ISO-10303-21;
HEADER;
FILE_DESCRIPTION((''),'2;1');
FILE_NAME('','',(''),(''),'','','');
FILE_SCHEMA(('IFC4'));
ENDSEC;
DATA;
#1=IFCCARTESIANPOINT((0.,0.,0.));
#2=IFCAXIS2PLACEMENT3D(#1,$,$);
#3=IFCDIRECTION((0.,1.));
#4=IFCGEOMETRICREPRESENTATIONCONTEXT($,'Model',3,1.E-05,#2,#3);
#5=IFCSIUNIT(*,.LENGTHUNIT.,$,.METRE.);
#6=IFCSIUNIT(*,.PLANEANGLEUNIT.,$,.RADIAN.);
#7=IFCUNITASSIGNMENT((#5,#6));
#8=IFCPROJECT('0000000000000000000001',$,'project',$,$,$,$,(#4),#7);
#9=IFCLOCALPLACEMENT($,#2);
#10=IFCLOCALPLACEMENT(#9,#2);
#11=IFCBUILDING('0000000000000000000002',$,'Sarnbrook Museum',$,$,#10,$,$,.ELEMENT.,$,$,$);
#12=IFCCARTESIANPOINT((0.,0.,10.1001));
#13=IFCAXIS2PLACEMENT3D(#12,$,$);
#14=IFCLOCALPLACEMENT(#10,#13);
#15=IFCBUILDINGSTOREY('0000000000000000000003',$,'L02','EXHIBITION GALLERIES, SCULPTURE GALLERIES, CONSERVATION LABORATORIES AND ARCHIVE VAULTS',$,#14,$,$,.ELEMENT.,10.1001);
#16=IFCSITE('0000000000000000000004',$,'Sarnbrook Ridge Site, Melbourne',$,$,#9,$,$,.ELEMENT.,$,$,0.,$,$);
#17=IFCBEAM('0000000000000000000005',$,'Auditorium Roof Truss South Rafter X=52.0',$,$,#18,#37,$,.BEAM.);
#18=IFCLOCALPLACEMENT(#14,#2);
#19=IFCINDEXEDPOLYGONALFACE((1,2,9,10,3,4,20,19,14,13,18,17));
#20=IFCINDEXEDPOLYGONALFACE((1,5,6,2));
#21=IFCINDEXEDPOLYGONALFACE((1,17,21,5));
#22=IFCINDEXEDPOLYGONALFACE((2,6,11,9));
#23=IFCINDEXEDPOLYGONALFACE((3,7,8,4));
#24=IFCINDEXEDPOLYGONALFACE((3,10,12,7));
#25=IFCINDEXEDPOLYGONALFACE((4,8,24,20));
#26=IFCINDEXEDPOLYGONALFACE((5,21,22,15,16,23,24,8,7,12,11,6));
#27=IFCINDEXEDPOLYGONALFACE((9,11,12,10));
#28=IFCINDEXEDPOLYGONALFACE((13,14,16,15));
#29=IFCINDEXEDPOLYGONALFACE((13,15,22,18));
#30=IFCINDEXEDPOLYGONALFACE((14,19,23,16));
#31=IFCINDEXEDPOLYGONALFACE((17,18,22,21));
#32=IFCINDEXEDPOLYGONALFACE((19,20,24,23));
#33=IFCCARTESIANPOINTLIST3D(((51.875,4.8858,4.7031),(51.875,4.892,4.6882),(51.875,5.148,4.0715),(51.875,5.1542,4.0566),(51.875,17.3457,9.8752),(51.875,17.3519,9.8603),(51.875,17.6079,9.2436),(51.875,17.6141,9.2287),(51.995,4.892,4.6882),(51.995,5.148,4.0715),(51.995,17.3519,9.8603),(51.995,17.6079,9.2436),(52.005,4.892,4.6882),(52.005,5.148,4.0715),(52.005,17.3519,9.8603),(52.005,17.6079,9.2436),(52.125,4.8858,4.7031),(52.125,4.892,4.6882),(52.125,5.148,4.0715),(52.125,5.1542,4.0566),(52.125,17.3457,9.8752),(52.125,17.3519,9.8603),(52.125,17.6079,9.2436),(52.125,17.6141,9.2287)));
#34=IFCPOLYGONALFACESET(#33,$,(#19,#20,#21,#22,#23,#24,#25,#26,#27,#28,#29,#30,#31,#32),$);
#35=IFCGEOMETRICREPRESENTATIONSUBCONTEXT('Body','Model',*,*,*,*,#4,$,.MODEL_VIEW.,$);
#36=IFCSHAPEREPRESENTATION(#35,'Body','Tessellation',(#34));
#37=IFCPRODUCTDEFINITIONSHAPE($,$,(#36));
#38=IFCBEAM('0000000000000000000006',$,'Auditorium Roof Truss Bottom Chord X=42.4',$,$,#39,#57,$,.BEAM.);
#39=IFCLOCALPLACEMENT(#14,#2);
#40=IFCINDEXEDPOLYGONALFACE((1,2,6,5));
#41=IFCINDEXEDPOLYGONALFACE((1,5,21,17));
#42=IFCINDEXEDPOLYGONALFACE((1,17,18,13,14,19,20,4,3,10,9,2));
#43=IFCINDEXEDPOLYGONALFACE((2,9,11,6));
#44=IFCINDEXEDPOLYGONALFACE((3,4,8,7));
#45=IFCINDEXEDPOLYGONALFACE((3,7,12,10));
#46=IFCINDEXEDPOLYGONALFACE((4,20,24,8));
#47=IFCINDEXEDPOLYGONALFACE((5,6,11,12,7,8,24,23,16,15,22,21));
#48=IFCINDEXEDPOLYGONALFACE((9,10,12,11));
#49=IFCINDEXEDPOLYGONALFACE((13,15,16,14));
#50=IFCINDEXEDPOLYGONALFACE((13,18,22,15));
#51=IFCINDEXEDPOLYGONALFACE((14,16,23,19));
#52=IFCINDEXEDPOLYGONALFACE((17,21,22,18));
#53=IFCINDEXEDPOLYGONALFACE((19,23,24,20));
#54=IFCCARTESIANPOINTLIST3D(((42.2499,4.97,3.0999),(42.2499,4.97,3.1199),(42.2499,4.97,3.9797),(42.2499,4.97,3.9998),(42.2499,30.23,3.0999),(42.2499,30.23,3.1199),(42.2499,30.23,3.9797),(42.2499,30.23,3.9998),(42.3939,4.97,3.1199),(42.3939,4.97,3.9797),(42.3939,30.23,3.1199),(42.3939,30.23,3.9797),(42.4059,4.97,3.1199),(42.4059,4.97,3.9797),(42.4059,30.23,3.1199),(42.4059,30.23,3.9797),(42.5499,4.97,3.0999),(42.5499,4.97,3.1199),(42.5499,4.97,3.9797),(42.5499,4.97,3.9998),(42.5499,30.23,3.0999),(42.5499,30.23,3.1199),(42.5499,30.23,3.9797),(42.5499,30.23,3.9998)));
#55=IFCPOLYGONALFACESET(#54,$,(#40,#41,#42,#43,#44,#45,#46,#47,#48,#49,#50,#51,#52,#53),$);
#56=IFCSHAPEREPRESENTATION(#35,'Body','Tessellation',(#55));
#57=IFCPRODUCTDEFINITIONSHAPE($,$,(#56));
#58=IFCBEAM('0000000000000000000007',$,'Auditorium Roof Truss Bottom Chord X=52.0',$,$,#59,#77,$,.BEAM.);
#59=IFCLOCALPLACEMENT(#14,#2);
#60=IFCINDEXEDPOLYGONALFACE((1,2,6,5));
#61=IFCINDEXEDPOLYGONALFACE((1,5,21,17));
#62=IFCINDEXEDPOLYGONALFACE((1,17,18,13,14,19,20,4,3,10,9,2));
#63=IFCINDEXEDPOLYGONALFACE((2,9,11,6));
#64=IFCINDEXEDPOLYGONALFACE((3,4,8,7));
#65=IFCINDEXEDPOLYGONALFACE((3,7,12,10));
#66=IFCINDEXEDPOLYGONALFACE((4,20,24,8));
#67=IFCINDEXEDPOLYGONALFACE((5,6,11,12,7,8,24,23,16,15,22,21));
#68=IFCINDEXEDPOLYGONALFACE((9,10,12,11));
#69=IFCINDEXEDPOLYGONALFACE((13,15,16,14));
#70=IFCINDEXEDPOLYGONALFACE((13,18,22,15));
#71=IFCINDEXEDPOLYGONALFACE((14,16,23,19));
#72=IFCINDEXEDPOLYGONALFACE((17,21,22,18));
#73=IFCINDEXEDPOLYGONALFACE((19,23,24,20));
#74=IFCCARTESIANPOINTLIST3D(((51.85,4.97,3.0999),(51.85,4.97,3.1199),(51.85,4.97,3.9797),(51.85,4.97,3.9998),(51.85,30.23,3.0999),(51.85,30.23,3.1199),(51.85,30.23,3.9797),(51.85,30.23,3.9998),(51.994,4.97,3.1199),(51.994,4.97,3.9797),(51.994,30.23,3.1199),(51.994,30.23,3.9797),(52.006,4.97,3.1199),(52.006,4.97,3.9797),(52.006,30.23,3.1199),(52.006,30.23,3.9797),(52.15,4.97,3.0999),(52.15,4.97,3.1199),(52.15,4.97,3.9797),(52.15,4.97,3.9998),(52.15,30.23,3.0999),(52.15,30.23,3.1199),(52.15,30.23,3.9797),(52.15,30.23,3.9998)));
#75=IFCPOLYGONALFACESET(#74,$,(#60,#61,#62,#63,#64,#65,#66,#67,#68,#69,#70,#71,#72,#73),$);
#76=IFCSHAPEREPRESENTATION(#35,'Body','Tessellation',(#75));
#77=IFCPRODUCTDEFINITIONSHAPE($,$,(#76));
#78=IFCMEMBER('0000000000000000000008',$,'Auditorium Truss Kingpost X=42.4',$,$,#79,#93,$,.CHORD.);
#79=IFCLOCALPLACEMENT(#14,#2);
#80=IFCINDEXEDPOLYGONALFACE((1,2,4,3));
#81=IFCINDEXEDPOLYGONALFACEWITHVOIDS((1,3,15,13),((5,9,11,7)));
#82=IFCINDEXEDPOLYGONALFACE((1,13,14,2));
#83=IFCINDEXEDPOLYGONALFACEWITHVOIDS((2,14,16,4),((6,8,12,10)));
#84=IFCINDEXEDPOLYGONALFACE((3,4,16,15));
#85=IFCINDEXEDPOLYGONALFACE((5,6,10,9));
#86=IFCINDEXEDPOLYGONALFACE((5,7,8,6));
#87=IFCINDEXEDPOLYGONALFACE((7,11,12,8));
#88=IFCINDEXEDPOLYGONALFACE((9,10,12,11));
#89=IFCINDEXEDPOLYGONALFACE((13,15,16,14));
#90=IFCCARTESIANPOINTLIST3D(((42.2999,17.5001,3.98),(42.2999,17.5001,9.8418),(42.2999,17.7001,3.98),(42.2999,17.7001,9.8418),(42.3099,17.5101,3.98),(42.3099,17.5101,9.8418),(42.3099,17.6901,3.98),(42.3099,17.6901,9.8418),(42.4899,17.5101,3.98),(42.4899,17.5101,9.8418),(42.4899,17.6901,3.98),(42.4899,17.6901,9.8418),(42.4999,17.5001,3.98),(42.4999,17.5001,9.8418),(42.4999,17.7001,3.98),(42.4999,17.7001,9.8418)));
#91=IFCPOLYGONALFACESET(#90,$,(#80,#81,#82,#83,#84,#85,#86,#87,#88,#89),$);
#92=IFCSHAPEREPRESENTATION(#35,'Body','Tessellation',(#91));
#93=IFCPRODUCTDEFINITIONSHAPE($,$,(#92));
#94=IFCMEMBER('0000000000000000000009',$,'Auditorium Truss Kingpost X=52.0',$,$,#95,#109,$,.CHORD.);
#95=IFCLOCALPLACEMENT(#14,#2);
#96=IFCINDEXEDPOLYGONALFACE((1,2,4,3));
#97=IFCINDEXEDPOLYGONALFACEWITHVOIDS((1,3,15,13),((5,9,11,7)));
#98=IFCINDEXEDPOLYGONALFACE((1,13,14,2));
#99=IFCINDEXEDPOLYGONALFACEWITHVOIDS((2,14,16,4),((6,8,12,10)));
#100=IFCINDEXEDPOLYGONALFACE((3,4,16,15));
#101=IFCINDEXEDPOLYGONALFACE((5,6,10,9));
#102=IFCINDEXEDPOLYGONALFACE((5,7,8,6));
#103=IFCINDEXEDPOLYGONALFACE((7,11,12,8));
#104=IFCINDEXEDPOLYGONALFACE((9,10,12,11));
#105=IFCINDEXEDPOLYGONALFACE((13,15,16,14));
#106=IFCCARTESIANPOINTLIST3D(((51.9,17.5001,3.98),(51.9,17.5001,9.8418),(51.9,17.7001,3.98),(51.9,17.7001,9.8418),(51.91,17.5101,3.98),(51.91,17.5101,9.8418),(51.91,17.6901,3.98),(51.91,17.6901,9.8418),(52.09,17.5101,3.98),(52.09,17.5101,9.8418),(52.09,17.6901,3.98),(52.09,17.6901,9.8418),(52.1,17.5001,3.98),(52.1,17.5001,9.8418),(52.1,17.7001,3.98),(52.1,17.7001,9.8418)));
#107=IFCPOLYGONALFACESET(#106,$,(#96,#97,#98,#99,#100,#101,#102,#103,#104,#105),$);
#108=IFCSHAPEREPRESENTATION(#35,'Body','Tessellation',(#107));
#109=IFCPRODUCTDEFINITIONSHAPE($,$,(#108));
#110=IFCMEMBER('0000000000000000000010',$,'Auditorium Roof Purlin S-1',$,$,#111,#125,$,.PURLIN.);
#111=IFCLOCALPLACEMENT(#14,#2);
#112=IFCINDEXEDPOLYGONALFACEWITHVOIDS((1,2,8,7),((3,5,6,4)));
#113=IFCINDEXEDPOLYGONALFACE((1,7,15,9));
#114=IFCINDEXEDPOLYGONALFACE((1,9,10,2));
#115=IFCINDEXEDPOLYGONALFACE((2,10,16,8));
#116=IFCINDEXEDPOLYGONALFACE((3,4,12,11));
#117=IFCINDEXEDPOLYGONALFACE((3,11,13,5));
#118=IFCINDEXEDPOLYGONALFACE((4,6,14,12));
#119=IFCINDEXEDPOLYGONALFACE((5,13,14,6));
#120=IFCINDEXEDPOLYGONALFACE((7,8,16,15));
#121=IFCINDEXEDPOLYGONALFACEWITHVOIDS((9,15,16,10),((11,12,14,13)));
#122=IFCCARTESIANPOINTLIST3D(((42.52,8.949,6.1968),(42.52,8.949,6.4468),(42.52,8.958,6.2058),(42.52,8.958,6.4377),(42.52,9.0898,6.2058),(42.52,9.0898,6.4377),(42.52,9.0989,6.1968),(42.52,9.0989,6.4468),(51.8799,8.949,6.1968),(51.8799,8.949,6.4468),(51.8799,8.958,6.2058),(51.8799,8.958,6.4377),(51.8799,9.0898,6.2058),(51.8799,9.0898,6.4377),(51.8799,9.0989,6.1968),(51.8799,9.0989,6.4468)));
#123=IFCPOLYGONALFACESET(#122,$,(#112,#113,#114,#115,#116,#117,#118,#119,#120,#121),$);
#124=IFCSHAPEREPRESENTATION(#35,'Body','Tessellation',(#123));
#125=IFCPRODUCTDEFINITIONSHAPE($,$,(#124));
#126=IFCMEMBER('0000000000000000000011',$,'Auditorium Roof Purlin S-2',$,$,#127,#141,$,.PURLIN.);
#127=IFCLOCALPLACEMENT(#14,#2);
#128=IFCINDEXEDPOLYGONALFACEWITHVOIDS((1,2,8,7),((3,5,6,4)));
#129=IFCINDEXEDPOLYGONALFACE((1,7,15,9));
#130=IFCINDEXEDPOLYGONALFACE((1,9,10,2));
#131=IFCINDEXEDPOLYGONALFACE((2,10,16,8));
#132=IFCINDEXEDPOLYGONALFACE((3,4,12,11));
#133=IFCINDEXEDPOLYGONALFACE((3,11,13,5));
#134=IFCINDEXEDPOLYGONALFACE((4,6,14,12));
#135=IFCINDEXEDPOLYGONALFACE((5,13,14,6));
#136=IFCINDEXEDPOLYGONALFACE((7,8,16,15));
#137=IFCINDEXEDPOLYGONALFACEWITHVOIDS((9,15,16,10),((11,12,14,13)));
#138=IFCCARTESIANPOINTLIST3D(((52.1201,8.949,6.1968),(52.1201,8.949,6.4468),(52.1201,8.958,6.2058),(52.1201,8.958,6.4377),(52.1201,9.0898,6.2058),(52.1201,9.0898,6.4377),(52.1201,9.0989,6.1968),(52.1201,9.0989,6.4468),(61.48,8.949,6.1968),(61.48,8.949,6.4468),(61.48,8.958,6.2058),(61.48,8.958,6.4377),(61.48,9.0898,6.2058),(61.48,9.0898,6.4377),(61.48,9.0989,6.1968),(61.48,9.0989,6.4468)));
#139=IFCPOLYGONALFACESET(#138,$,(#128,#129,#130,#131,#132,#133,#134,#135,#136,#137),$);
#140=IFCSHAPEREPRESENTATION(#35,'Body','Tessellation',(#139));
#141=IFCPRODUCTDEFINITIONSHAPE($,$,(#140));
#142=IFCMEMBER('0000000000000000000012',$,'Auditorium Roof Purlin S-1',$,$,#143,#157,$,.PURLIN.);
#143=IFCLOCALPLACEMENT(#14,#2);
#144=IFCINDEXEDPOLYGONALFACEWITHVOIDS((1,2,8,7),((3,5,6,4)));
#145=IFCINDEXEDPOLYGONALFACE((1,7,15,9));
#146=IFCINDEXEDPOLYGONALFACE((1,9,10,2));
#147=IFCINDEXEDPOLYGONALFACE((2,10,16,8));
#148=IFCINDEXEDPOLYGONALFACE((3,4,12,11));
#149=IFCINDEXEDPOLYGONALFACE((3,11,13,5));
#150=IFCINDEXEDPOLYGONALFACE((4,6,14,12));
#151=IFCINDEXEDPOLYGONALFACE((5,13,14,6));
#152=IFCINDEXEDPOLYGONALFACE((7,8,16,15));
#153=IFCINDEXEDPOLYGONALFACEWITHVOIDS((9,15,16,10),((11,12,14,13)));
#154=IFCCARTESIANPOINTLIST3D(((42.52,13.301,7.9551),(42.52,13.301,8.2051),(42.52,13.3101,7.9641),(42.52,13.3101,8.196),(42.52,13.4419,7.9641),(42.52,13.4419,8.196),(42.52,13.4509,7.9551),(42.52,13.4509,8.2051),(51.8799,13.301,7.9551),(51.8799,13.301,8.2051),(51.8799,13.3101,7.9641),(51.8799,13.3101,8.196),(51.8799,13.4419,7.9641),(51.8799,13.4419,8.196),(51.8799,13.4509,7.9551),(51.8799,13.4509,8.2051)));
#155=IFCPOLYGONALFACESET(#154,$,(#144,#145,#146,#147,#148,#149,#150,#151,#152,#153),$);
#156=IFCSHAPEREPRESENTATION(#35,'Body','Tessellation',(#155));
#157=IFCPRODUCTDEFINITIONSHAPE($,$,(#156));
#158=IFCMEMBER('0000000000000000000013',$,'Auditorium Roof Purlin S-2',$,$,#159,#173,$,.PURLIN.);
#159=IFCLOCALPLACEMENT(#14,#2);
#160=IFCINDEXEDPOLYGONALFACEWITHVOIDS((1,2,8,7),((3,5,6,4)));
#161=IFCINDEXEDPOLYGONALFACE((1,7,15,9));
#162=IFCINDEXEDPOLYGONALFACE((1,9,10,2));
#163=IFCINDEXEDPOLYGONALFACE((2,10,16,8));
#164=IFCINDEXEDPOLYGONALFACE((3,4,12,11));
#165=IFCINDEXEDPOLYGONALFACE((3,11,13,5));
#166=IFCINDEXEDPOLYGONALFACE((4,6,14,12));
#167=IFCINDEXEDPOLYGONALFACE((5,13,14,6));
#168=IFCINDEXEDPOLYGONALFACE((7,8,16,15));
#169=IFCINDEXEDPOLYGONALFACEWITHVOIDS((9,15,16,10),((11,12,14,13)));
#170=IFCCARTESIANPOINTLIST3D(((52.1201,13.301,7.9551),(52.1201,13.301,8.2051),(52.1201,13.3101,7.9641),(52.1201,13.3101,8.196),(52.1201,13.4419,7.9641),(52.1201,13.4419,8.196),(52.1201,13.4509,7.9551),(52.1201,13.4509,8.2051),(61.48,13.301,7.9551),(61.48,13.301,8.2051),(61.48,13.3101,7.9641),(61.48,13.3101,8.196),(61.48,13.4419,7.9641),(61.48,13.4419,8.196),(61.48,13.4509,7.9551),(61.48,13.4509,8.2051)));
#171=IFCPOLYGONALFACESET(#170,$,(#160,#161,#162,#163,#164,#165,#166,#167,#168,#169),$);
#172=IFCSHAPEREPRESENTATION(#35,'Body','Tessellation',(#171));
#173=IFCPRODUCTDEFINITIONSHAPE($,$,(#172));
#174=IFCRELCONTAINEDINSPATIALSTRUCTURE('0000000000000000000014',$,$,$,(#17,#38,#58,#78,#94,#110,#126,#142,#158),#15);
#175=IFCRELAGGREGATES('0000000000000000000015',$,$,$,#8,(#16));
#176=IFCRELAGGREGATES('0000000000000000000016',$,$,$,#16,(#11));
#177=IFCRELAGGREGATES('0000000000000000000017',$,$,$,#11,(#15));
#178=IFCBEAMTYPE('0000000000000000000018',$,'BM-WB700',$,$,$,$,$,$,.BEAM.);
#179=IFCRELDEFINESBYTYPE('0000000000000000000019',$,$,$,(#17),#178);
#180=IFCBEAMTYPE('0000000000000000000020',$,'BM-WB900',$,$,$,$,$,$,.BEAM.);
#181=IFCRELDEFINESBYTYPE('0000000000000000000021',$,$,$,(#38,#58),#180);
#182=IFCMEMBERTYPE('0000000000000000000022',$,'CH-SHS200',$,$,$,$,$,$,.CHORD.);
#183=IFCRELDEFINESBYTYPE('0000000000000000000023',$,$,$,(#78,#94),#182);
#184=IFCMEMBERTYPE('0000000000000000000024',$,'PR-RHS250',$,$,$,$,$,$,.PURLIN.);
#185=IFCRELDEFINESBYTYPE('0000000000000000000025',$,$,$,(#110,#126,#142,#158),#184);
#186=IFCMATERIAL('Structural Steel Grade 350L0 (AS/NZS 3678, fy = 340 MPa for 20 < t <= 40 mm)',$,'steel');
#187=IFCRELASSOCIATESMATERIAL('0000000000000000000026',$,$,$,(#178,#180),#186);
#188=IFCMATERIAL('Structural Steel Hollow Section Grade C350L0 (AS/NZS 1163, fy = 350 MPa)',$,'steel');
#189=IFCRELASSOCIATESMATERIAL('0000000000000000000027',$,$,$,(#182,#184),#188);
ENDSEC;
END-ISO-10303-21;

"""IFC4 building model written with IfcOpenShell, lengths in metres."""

from ifc_helpers import new_model, si_unit, direction, frame, origin, origin_2d, place, context, subcontext, project, spatial, hollow_rectangle, i_section, extrude, material, material_profile, profile_set, type_object, element, save


model = new_model("IFC4")

# Units and contexts
model_context = context("Model", 3, precision=1e-05, world=origin(), true_north=direction((0.0, 1.0)))
body_context = subcontext(model_context, "Body", "Model", "MODEL_VIEW")
ifc_project = project(units=[si_unit("LENGTHUNIT", "METRE"), si_unit("PLANEANGLEUNIT", "RADIAN")], contexts=[model_context])

# Site, building, storey
site_placement = place(None, origin())
site = spatial("IfcSite", under=ifc_project, at=site_placement, Name="Sarnbrook Ridge Site, Melbourne", CompositionType="ELEMENT", RefElevation=0.0)
building_placement = place(site_placement, origin())
building = spatial("IfcBuilding", under=site, at=building_placement, Name="Sarnbrook Museum", CompositionType="ELEMENT")
storey_placement = place(building_placement, frame((0.0, 0.0, 10.1001)))
storey = spatial("IfcBuildingStorey", under=building, at=storey_placement, Name="L02", Description="EXHIBITION GALLERIES, SCULPTURE GALLERIES, CONSERVATION LABORATORIES AND ARCHIVE VAULTS", CompositionType="ELEMENT", Elevation=10.1001)

# Beams
ifc_material_1 = material(Name="Structural Steel Grade 350L0 (AS/NZS 3678, fy = 340 MPa for 20 < t <= 40 mm)", Category="steel")
ifc_material_profile_1 = material_profile(ifc_material_1, i_section(OverallWidth=0.25, OverallDepth=0.7, WebThickness=0.01, FlangeThickness=0.0161, at=origin_2d()), Name="700WB130")
ifc_profile_set_1 = profile_set([ifc_material_profile_1], Name="Structural Steel Grade 350L0 (AS/NZS 3678, fy = 340 MPa for 20 < t <= 40 mm)")
beam_type_1 = type_object("IfcBeamType", Name="BM-WB700", PredefinedType="BEAM", material=ifc_profile_set_1)
for number, where, z_axis, x_axis, name in (
    (1, (52.0, 5.02, 4.3799), (0.0, 0.92359, 0.383381), (-1.0, 0.0, 0.0), "Auditorium Roof Truss South Rafter X=52.0"),
):
    element("IfcBeam", number, at=place(storey_placement, frame(where, z_axis=z_axis, x_axis=x_axis)), inside=storey, type_object=beam_type_1, Name=name, PredefinedType="BEAM", context=body_context, shape_type="SweptSolid", body=[
        extrude(i_section(OverallWidth=0.25, OverallDepth=0.7, WebThickness=0.01, FlangeThickness=0.0161, at=origin_2d()), origin(), (0.0, 0.0, 1.0), 13.4907),
    ])
ifc_material_profile_2 = material_profile(ifc_material_1, i_section(OverallWidth=0.3, OverallDepth=0.8999, WebThickness=0.012, FlangeThickness=0.02, at=origin_2d()), Name="900WB175")
ifc_profile_set_2 = profile_set([ifc_material_profile_2], Name="Structural Steel Grade 350L0 (AS/NZS 3678, fy = 340 MPa for 20 < t <= 40 mm)")
beam_type_2 = type_object("IfcBeamType", Name="BM-WB900", PredefinedType="BEAM", material=ifc_profile_set_2)
for number, where, z_axis, x_axis, name in (
    (2, (42.3999, 4.97, 3.5498), (0.0, 1.0, 0.0), (-1.0, 0.0, 0.0), "Auditorium Roof Truss Bottom Chord X=42.4"),
    (3, (52.0, 4.97, 3.5498), (0.0, 1.0, 0.0), (-1.0, 0.0, 0.0), "Auditorium Roof Truss Bottom Chord X=52.0"),
):
    element("IfcBeam", number, at=place(storey_placement, frame(where, z_axis=z_axis, x_axis=x_axis)), inside=storey, type_object=beam_type_2, Name=name, PredefinedType="BEAM", context=body_context, shape_type="SweptSolid", body=[
        extrude(i_section(OverallWidth=0.3, OverallDepth=0.8999, WebThickness=0.012, FlangeThickness=0.02, at=origin_2d()), origin(), (0.0, 0.0, 1.0), 25.26),
    ])

# Members
ifc_material_2 = material(Name="Structural Steel Hollow Section Grade C350L0 (AS/NZS 1163, fy = 350 MPa)", Category="steel")
ifc_material_profile_3 = material_profile(ifc_material_2, hollow_rectangle(XDim=0.2, YDim=0.2, WallThickness=0.01, at=origin_2d()), Name="200x200x10.0SHS")
ifc_profile_set_3 = profile_set([ifc_material_profile_3], Name="Structural Steel Hollow Section Grade C350L0 (AS/NZS 1163, fy = 350 MPa)")
member_type_1 = type_object("IfcMemberType", Name="CH-SHS200", PredefinedType="CHORD", material=ifc_profile_set_3)
for number, where, z_axis, x_axis, name in (
    (4, (42.3999, 17.6001, 3.98), (0.0, 0.0, 1.0), (1.0, 0.0, 0.0), "Auditorium Truss Kingpost X=42.4"),
    (5, (52.0, 17.6001, 3.98), (0.0, 0.0, 1.0), (1.0, 0.0, 0.0), "Auditorium Truss Kingpost X=52.0"),
):
    element("IfcMember", number, at=place(storey_placement, frame(where, z_axis=z_axis, x_axis=x_axis)), inside=storey, type_object=member_type_1, Name=name, PredefinedType="CHORD", context=body_context, shape_type="SweptSolid", body=[
        extrude(hollow_rectangle(XDim=0.2, YDim=0.2, WallThickness=0.01, at=origin_2d()), origin(), (0.0, 0.0, 1.0), 5.8618),
    ])
ifc_material_profile_4 = material_profile(ifc_material_2, hollow_rectangle(XDim=0.1499, YDim=0.25, WallThickness=0.009, at=origin_2d()), Name="250x150x9.0RHS")
ifc_profile_set_4 = profile_set([ifc_material_profile_4], Name="Structural Steel Hollow Section Grade C350L0 (AS/NZS 1163, fy = 350 MPa)")
member_type_2 = type_object("IfcMemberType", Name="PR-RHS250", PredefinedType="PURLIN", material=ifc_profile_set_4)
for number, where, z_axis, x_axis, name in (
    (6, (42.52, 9.0239, 6.3218), (1.0, 0.0, 0.0), (0.0, 1.0, 0.0), "Auditorium Roof Purlin S-1"),
    (7, (52.1201, 9.0239, 6.3218), (1.0, 0.0, 0.0), (0.0, 1.0, 0.0), "Auditorium Roof Purlin S-2"),
    (8, (42.52, 13.376, 8.0801), (1.0, 0.0, 0.0), (0.0, 1.0, 0.0), "Auditorium Roof Purlin S-1"),
    (9, (52.1201, 13.376, 8.0801), (1.0, 0.0, 0.0), (0.0, 1.0, 0.0), "Auditorium Roof Purlin S-2"),
):
    element("IfcMember", number, at=place(storey_placement, frame(where, z_axis=z_axis, x_axis=x_axis)), inside=storey, type_object=member_type_2, Name=name, PredefinedType="PURLIN", context=body_context, shape_type="SweptSolid", body=[
        extrude(hollow_rectangle(XDim=0.1499, YDim=0.25, WallThickness=0.009, at=origin_2d()), origin(), (0.0, 0.0, 1.0), 9.3599),
    ])

save(model, "model.ifc")
